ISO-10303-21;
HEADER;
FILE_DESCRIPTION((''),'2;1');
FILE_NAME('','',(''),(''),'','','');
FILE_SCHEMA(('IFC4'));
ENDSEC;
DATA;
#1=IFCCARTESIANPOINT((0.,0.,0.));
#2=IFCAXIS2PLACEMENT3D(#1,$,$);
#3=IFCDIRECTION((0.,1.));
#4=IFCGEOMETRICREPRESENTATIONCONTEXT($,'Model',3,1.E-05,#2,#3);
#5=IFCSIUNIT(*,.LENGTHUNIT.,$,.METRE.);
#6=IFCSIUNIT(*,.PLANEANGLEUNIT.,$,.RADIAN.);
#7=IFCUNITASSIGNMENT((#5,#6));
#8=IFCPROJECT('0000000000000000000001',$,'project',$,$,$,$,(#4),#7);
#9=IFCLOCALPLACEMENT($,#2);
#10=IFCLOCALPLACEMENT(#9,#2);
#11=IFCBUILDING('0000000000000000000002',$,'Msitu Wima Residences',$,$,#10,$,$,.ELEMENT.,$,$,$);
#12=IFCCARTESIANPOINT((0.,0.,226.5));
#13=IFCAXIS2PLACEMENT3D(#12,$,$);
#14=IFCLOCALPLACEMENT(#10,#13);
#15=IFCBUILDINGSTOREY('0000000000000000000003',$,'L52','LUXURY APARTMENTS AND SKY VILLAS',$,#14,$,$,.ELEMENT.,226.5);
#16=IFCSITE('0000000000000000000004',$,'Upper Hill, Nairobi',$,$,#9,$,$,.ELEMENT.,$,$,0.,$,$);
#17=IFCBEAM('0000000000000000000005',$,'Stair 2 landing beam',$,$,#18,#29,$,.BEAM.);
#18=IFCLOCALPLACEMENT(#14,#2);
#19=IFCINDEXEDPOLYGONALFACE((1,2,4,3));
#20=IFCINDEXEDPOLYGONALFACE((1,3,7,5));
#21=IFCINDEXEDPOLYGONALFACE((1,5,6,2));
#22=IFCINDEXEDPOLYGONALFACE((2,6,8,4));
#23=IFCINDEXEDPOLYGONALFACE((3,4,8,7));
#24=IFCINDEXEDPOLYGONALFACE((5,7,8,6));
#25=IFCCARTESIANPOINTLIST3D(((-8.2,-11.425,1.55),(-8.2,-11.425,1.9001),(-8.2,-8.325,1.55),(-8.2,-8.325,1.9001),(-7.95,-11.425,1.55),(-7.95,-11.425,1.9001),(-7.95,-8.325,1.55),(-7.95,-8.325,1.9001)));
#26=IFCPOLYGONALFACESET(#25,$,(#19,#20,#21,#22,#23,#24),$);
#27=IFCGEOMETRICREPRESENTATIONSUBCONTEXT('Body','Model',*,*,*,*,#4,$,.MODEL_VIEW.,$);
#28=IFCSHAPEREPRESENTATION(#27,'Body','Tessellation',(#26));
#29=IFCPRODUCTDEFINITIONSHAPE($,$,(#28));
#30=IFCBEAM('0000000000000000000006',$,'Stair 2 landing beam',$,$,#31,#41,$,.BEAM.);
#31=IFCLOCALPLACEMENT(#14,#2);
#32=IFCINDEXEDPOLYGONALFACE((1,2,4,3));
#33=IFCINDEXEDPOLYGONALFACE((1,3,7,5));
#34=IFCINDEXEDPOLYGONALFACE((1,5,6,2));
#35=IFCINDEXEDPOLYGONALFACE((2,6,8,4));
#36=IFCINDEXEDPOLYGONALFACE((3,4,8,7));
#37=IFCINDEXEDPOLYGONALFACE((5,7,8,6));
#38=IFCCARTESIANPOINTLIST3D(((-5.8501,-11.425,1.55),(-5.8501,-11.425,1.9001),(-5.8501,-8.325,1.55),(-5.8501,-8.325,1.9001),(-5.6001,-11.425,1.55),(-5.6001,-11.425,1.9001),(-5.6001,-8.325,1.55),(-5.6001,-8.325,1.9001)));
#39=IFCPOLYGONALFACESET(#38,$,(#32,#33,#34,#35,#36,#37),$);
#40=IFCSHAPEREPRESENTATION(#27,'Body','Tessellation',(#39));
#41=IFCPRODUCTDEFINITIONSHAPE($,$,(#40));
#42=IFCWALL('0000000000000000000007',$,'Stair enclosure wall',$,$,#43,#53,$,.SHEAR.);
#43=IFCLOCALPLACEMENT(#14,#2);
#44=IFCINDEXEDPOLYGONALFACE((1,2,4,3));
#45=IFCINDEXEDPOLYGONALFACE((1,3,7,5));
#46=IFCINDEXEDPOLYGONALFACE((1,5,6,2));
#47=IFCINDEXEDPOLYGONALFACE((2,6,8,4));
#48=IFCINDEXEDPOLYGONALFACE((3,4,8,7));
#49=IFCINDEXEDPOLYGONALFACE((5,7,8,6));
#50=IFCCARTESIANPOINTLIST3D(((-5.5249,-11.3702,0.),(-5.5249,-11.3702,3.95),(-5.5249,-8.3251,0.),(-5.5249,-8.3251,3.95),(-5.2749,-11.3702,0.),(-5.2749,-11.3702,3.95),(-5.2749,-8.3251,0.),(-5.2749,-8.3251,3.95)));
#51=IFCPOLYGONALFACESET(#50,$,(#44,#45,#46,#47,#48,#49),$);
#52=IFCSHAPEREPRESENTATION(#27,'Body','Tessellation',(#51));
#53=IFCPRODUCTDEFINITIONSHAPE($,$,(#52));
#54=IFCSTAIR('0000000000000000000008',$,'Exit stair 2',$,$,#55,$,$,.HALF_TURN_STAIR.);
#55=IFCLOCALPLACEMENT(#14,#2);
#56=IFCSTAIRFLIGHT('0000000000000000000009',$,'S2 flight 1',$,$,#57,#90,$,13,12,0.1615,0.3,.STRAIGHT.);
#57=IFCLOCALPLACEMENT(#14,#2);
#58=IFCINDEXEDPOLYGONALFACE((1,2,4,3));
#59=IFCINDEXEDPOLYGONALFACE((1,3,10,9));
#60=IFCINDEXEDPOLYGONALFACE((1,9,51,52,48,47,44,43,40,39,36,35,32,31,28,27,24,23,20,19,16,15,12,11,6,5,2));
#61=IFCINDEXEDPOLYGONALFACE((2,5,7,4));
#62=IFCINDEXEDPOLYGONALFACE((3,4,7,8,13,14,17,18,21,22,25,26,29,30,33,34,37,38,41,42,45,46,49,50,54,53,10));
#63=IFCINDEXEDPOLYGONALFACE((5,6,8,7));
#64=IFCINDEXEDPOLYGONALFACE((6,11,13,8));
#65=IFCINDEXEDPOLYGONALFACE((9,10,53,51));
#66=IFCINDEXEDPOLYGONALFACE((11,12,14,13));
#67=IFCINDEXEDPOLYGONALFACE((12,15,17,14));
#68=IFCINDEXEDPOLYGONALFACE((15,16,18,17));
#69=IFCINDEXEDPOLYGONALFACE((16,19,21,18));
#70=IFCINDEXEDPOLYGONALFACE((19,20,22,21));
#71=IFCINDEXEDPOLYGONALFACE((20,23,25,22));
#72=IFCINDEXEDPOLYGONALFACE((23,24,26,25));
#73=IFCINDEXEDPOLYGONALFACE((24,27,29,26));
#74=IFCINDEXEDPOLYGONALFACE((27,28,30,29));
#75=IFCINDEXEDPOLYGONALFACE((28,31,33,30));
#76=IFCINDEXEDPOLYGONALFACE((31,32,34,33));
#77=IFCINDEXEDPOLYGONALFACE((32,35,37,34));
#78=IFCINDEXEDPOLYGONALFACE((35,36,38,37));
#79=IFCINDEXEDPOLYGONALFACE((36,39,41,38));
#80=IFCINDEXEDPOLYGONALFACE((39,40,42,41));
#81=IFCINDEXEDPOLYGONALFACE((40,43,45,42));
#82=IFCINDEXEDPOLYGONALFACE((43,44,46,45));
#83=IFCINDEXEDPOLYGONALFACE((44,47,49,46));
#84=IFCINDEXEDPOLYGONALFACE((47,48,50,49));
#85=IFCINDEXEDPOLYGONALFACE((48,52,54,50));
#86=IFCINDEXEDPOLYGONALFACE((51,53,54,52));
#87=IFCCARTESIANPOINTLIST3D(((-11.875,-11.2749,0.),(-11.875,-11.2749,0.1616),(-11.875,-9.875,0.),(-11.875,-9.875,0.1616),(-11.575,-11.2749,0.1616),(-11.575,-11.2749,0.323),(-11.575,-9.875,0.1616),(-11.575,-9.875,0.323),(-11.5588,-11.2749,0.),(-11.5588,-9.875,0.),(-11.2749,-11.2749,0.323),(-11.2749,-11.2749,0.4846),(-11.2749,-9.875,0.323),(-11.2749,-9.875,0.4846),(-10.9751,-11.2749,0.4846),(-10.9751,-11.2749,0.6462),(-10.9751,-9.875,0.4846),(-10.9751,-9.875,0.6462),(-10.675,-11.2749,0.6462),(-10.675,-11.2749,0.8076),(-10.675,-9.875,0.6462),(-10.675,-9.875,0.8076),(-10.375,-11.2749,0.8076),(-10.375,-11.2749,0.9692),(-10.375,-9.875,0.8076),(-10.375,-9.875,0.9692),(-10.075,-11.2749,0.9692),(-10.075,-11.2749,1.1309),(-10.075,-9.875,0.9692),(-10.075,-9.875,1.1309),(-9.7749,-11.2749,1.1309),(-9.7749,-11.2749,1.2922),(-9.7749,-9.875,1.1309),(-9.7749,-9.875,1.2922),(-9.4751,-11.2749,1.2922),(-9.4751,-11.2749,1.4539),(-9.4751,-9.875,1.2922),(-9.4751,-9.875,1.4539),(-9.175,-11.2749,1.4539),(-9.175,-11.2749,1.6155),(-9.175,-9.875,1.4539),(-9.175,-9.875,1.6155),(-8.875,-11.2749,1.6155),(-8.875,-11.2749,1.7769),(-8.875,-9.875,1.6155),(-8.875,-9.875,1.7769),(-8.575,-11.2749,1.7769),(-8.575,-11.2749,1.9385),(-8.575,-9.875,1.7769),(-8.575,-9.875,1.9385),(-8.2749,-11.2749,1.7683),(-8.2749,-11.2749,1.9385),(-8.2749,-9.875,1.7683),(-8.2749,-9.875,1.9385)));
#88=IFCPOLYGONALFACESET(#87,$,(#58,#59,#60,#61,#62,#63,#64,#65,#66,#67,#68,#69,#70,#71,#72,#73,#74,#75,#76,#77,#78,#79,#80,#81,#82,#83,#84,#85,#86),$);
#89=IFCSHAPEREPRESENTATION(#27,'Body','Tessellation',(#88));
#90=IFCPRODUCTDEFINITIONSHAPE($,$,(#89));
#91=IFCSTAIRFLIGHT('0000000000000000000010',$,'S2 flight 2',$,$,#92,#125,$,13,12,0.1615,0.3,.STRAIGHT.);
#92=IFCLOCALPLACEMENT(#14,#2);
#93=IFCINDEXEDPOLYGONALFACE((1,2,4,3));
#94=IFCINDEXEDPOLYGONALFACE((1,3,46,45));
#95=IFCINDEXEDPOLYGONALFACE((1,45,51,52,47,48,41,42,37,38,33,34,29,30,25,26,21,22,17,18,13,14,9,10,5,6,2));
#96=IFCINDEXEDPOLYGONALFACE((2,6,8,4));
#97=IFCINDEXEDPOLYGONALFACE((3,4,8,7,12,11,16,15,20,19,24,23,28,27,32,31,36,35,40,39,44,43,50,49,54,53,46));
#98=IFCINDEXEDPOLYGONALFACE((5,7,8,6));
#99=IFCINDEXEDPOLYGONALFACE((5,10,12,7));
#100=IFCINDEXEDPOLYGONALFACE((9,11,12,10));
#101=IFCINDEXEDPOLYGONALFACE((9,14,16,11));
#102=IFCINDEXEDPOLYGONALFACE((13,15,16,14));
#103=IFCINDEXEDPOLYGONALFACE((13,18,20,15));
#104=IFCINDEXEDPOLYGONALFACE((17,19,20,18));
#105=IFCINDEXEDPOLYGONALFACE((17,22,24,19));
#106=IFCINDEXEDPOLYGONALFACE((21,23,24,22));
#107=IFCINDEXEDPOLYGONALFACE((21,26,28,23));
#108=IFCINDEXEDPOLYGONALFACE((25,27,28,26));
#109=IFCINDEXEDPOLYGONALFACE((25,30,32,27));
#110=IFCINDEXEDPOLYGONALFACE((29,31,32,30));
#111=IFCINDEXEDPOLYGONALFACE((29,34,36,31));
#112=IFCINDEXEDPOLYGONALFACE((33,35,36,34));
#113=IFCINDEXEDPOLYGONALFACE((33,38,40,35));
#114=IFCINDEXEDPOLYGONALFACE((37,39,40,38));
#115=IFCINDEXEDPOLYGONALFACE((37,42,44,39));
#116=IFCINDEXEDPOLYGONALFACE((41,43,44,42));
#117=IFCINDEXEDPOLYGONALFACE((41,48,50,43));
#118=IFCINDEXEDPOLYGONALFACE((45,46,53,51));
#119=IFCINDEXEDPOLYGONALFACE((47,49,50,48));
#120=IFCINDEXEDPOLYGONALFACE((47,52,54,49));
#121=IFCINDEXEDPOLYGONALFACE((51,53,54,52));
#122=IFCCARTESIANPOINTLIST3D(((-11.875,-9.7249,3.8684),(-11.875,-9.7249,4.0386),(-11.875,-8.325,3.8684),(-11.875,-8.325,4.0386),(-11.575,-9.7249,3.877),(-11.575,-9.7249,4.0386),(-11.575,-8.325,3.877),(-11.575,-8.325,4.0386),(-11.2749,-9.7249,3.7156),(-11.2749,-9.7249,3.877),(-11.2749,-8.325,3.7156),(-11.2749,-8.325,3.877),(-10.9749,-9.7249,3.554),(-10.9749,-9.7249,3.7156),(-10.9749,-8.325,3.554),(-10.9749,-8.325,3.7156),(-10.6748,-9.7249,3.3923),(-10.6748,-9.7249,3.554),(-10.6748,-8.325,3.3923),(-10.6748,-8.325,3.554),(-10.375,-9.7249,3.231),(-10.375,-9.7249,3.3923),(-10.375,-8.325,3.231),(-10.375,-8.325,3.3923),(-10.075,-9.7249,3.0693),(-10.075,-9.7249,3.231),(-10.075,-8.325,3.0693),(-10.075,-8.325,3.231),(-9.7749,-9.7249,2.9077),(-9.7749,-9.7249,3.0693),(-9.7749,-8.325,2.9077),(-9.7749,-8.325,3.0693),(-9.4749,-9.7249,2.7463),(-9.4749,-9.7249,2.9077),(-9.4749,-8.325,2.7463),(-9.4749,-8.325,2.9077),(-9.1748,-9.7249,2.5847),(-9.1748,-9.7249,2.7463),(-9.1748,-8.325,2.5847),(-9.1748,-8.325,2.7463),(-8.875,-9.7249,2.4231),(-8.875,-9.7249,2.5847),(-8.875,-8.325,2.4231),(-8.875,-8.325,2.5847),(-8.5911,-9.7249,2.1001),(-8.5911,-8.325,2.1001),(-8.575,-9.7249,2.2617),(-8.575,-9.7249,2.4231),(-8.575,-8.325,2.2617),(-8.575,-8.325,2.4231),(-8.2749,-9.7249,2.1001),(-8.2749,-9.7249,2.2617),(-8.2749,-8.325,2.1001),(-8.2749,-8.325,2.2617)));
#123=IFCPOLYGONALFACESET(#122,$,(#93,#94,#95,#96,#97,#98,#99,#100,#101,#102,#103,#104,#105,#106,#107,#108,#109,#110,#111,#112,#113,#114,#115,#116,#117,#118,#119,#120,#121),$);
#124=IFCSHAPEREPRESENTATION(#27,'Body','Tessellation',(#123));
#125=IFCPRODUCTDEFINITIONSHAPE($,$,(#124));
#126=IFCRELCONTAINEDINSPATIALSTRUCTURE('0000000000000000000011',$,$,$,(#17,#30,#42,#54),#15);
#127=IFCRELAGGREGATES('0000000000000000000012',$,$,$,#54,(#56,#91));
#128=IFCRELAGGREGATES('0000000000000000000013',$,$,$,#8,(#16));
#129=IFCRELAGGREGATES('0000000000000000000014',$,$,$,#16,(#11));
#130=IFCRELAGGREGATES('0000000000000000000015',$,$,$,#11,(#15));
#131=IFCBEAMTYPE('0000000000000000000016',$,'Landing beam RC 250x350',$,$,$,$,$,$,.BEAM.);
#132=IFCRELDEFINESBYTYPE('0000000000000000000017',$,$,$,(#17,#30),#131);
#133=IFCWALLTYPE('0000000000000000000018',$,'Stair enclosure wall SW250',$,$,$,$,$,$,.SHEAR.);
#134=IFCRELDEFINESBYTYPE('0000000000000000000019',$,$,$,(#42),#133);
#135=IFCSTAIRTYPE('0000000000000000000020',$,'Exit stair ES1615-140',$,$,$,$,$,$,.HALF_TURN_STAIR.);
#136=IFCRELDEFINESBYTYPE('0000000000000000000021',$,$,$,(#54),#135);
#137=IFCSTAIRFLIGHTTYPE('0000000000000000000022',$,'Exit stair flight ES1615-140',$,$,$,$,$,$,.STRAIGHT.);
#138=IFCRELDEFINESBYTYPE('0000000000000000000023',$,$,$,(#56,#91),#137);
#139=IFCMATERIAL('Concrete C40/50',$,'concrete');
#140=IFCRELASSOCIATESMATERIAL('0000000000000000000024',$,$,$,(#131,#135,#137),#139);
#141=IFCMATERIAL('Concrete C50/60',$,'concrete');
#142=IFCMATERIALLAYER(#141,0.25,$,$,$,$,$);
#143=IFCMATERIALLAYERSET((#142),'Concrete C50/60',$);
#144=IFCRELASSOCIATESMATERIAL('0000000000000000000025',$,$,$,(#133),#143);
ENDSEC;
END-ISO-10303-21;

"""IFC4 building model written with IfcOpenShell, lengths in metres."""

from ifc_helpers import new_model, si_unit, direction, frame, frame_2d, origin, origin_2d, place, context, subcontext, project, spatial, polyline, rectangle, outline, extrude, material, layer, layer_set, material_profile, profile_set, type_object, element, aggregate, save


model = new_model("IFC4")

# Units and contexts
model_context = context("Model", 3, precision=1e-05, world=origin(), true_north=direction((0.0, 1.0)))
body_context = subcontext(model_context, "Body", "Model", "MODEL_VIEW")
ifc_project = project(units=[si_unit("LENGTHUNIT", "METRE"), si_unit("PLANEANGLEUNIT", "RADIAN")], contexts=[model_context])

# Site, building, storey
site_placement = place(None, origin())
site = spatial("IfcSite", under=ifc_project, at=site_placement, Name="Upper Hill, Nairobi", CompositionType="ELEMENT", RefElevation=0.0)
building_placement = place(site_placement, origin())
building = spatial("IfcBuilding", under=site, at=building_placement, Name="Msitu Wima Residences", CompositionType="ELEMENT")
storey_placement = place(building_placement, frame((0.0, 0.0, 226.5)))
storey = spatial("IfcBuildingStorey", under=building, at=storey_placement, Name="L52", Description="LUXURY APARTMENTS AND SKY VILLAS", CompositionType="ELEMENT", Elevation=226.5)

# Beams
ifc_material_1 = material(Name="Concrete C40/50", Category="concrete")
ifc_material_profile = material_profile(ifc_material_1, rectangle(XDim=0.25, YDim=0.3501, at=origin_2d()), Name="RC 250x350")
ifc_profile_set = profile_set([ifc_material_profile], Name="Concrete C40/50")
beam_type = type_object("IfcBeamType", Name="Landing beam RC 250x350", PredefinedType="BEAM", material=ifc_profile_set)
for number, where, z_axis, x_axis, name in (
    (1, (-8.075, -11.425, 1.7251), (0.0, 1.0, 0.0), (-1.0, 0.0, 0.0), "Stair 2 landing beam"),
    (2, (-5.7251, -11.425, 1.7251), (0.0, 1.0, 0.0), (-1.0, 0.0, 0.0), "Stair 2 landing beam"),
):
    element("IfcBeam", number, at=place(storey_placement, frame(where, z_axis=z_axis, x_axis=x_axis)), inside=storey, type_object=beam_type, Name=name, PredefinedType="BEAM", context=body_context, shape_type="SweptSolid", body=[
        extrude(rectangle(XDim=0.25, YDim=0.3501, at=origin_2d()), origin(), (0.0, 0.0, 1.0), 3.1001),
    ])

# Wall
ifc_material_2 = material(Name="Concrete C50/60", Category="concrete")
ifc_layer = layer(ifc_material_2, 0.25)
ifc_layer_set = layer_set([ifc_layer], Name="Concrete C50/60")
wall_type = type_object("IfcWallType", Name="Stair enclosure wall SW250", PredefinedType="SHEAR", material=ifc_layer_set)
wall_placement = place(storey_placement, frame((-5.3999, -11.3701, 0.0), z_axis=(0.0, 0.0, 1.0), x_axis=(0.0, 1.0, 0.0)))
element("IfcWall", 3, at=wall_placement, inside=storey, type_object=wall_type, Name="Stair enclosure wall", PredefinedType="SHEAR", context=body_context, shape_type="SweptSolid", body=[
    extrude(rectangle(XDim=3.0452, YDim=0.25, at=frame_2d((1.5225, 0.0))), origin(), (0.0, 0.0, 1.0), 3.95),
])

# Stair, stair flights
stair_type = type_object("IfcStairType", Name="Exit stair ES1615-140", PredefinedType="HALF_TURN_STAIR", material=ifc_material_1)
stair_placement = place(storey_placement, origin())
stair = element("IfcStair", 4, at=stair_placement, inside=storey, type_object=stair_type, Name="Exit stair 2", PredefinedType="HALF_TURN_STAIR")
stair_flight_type = type_object("IfcStairFlightType", Name="Exit stair flight ES1615-140", PredefinedType="STRAIGHT", material=ifc_material_1)
stair_flight_1_placement = place(storey_placement, frame((-11.875, -10.575, 0.0), z_axis=(0.0, 0.0, 1.0), x_axis=(1.0, 0.0, 0.0)))
stair_flight_1 = element("IfcStairFlight", 5, at=stair_flight_1_placement, type_object=stair_flight_type, Name="S2 flight 1", NumberOfRisers=13, NumberOfTreads=12, PredefinedType="STRAIGHT", RiserHeight=0.1615, TreadLength=0.3, context=body_context, shape_type="SweptSolid", body=[
    extrude(outline(polyline([(0.0, 0.0), (0.0, 0.1616), (0.3, 0.1616), (0.3, 0.323), (0.6001, 0.323), (0.6001, 0.4846), (0.8999, 0.4846), (0.8999, 0.6462), (1.2, 0.6462), (1.2, 0.8076), (1.5, 0.8076), (1.5, 0.9692), (1.8, 0.9692), (1.8, 1.1309), (2.1001, 1.1309), (2.1001, 1.2922), (2.3999, 1.2922), (2.3999, 1.4539), (2.7, 1.4539), (2.7, 1.6155), (3.0, 1.6155), (3.0, 1.7769), (3.3, 1.7769), (3.3, 1.9385), (3.6001, 1.9385), (3.6001, 2.1001), (3.6001, 1.7683), (0.3162, 0.0), (0.0, 0.0)])), frame((0.0, 0.7, 0.0), z_axis=(0.0, -1.0, 0.0), x_axis=(1.0, 0.0, 0.0)), (0.0, 0.0, 1.0), 1.3999),
])
stair_flight_2_placement = place(storey_placement, frame((-8.2749, -9.0249, 2.1001), z_axis=(0.0, 0.0, 1.0), x_axis=(-1.0, 0.0, 0.0)))
stair_flight_2 = element("IfcStairFlight", 6, at=stair_flight_2_placement, type_object=stair_flight_type, Name="S2 flight 2", NumberOfRisers=13, NumberOfTreads=12, PredefinedType="STRAIGHT", RiserHeight=0.1615, TreadLength=0.3, context=body_context, shape_type="SweptSolid", body=[
    extrude(outline(polyline([(0.0, 0.0), (0.0, 0.1616), (0.3, 0.1616), (0.3, 0.323), (0.6001, 0.323), (0.6001, 0.4846), (0.8999, 0.4846), (0.8999, 0.6462), (1.2, 0.6462), (1.2, 0.8076), (1.5, 0.8076), (1.5, 0.9692), (1.8, 0.9692), (1.8, 1.1309), (2.1001, 1.1309), (2.1001, 1.2922), (2.3999, 1.2922), (2.3999, 1.4539), (2.7, 1.4539), (2.7, 1.6155), (3.0, 1.6155), (3.0, 1.7769), (3.3, 1.7769), (3.3, 1.9385), (3.6001, 1.9385), (3.6001, 2.1001), (3.6001, 1.7683), (0.3162, 0.0), (0.0, 0.0)])), frame((0.0, 0.7, 0.0), z_axis=(0.0, -1.0, 0.0), x_axis=(1.0, 0.0, 0.0)), (0.0, 0.0, 1.0), 1.3999),
])
aggregate(stair, [stair_flight_1, stair_flight_2])

save(model, "model.ifc")
